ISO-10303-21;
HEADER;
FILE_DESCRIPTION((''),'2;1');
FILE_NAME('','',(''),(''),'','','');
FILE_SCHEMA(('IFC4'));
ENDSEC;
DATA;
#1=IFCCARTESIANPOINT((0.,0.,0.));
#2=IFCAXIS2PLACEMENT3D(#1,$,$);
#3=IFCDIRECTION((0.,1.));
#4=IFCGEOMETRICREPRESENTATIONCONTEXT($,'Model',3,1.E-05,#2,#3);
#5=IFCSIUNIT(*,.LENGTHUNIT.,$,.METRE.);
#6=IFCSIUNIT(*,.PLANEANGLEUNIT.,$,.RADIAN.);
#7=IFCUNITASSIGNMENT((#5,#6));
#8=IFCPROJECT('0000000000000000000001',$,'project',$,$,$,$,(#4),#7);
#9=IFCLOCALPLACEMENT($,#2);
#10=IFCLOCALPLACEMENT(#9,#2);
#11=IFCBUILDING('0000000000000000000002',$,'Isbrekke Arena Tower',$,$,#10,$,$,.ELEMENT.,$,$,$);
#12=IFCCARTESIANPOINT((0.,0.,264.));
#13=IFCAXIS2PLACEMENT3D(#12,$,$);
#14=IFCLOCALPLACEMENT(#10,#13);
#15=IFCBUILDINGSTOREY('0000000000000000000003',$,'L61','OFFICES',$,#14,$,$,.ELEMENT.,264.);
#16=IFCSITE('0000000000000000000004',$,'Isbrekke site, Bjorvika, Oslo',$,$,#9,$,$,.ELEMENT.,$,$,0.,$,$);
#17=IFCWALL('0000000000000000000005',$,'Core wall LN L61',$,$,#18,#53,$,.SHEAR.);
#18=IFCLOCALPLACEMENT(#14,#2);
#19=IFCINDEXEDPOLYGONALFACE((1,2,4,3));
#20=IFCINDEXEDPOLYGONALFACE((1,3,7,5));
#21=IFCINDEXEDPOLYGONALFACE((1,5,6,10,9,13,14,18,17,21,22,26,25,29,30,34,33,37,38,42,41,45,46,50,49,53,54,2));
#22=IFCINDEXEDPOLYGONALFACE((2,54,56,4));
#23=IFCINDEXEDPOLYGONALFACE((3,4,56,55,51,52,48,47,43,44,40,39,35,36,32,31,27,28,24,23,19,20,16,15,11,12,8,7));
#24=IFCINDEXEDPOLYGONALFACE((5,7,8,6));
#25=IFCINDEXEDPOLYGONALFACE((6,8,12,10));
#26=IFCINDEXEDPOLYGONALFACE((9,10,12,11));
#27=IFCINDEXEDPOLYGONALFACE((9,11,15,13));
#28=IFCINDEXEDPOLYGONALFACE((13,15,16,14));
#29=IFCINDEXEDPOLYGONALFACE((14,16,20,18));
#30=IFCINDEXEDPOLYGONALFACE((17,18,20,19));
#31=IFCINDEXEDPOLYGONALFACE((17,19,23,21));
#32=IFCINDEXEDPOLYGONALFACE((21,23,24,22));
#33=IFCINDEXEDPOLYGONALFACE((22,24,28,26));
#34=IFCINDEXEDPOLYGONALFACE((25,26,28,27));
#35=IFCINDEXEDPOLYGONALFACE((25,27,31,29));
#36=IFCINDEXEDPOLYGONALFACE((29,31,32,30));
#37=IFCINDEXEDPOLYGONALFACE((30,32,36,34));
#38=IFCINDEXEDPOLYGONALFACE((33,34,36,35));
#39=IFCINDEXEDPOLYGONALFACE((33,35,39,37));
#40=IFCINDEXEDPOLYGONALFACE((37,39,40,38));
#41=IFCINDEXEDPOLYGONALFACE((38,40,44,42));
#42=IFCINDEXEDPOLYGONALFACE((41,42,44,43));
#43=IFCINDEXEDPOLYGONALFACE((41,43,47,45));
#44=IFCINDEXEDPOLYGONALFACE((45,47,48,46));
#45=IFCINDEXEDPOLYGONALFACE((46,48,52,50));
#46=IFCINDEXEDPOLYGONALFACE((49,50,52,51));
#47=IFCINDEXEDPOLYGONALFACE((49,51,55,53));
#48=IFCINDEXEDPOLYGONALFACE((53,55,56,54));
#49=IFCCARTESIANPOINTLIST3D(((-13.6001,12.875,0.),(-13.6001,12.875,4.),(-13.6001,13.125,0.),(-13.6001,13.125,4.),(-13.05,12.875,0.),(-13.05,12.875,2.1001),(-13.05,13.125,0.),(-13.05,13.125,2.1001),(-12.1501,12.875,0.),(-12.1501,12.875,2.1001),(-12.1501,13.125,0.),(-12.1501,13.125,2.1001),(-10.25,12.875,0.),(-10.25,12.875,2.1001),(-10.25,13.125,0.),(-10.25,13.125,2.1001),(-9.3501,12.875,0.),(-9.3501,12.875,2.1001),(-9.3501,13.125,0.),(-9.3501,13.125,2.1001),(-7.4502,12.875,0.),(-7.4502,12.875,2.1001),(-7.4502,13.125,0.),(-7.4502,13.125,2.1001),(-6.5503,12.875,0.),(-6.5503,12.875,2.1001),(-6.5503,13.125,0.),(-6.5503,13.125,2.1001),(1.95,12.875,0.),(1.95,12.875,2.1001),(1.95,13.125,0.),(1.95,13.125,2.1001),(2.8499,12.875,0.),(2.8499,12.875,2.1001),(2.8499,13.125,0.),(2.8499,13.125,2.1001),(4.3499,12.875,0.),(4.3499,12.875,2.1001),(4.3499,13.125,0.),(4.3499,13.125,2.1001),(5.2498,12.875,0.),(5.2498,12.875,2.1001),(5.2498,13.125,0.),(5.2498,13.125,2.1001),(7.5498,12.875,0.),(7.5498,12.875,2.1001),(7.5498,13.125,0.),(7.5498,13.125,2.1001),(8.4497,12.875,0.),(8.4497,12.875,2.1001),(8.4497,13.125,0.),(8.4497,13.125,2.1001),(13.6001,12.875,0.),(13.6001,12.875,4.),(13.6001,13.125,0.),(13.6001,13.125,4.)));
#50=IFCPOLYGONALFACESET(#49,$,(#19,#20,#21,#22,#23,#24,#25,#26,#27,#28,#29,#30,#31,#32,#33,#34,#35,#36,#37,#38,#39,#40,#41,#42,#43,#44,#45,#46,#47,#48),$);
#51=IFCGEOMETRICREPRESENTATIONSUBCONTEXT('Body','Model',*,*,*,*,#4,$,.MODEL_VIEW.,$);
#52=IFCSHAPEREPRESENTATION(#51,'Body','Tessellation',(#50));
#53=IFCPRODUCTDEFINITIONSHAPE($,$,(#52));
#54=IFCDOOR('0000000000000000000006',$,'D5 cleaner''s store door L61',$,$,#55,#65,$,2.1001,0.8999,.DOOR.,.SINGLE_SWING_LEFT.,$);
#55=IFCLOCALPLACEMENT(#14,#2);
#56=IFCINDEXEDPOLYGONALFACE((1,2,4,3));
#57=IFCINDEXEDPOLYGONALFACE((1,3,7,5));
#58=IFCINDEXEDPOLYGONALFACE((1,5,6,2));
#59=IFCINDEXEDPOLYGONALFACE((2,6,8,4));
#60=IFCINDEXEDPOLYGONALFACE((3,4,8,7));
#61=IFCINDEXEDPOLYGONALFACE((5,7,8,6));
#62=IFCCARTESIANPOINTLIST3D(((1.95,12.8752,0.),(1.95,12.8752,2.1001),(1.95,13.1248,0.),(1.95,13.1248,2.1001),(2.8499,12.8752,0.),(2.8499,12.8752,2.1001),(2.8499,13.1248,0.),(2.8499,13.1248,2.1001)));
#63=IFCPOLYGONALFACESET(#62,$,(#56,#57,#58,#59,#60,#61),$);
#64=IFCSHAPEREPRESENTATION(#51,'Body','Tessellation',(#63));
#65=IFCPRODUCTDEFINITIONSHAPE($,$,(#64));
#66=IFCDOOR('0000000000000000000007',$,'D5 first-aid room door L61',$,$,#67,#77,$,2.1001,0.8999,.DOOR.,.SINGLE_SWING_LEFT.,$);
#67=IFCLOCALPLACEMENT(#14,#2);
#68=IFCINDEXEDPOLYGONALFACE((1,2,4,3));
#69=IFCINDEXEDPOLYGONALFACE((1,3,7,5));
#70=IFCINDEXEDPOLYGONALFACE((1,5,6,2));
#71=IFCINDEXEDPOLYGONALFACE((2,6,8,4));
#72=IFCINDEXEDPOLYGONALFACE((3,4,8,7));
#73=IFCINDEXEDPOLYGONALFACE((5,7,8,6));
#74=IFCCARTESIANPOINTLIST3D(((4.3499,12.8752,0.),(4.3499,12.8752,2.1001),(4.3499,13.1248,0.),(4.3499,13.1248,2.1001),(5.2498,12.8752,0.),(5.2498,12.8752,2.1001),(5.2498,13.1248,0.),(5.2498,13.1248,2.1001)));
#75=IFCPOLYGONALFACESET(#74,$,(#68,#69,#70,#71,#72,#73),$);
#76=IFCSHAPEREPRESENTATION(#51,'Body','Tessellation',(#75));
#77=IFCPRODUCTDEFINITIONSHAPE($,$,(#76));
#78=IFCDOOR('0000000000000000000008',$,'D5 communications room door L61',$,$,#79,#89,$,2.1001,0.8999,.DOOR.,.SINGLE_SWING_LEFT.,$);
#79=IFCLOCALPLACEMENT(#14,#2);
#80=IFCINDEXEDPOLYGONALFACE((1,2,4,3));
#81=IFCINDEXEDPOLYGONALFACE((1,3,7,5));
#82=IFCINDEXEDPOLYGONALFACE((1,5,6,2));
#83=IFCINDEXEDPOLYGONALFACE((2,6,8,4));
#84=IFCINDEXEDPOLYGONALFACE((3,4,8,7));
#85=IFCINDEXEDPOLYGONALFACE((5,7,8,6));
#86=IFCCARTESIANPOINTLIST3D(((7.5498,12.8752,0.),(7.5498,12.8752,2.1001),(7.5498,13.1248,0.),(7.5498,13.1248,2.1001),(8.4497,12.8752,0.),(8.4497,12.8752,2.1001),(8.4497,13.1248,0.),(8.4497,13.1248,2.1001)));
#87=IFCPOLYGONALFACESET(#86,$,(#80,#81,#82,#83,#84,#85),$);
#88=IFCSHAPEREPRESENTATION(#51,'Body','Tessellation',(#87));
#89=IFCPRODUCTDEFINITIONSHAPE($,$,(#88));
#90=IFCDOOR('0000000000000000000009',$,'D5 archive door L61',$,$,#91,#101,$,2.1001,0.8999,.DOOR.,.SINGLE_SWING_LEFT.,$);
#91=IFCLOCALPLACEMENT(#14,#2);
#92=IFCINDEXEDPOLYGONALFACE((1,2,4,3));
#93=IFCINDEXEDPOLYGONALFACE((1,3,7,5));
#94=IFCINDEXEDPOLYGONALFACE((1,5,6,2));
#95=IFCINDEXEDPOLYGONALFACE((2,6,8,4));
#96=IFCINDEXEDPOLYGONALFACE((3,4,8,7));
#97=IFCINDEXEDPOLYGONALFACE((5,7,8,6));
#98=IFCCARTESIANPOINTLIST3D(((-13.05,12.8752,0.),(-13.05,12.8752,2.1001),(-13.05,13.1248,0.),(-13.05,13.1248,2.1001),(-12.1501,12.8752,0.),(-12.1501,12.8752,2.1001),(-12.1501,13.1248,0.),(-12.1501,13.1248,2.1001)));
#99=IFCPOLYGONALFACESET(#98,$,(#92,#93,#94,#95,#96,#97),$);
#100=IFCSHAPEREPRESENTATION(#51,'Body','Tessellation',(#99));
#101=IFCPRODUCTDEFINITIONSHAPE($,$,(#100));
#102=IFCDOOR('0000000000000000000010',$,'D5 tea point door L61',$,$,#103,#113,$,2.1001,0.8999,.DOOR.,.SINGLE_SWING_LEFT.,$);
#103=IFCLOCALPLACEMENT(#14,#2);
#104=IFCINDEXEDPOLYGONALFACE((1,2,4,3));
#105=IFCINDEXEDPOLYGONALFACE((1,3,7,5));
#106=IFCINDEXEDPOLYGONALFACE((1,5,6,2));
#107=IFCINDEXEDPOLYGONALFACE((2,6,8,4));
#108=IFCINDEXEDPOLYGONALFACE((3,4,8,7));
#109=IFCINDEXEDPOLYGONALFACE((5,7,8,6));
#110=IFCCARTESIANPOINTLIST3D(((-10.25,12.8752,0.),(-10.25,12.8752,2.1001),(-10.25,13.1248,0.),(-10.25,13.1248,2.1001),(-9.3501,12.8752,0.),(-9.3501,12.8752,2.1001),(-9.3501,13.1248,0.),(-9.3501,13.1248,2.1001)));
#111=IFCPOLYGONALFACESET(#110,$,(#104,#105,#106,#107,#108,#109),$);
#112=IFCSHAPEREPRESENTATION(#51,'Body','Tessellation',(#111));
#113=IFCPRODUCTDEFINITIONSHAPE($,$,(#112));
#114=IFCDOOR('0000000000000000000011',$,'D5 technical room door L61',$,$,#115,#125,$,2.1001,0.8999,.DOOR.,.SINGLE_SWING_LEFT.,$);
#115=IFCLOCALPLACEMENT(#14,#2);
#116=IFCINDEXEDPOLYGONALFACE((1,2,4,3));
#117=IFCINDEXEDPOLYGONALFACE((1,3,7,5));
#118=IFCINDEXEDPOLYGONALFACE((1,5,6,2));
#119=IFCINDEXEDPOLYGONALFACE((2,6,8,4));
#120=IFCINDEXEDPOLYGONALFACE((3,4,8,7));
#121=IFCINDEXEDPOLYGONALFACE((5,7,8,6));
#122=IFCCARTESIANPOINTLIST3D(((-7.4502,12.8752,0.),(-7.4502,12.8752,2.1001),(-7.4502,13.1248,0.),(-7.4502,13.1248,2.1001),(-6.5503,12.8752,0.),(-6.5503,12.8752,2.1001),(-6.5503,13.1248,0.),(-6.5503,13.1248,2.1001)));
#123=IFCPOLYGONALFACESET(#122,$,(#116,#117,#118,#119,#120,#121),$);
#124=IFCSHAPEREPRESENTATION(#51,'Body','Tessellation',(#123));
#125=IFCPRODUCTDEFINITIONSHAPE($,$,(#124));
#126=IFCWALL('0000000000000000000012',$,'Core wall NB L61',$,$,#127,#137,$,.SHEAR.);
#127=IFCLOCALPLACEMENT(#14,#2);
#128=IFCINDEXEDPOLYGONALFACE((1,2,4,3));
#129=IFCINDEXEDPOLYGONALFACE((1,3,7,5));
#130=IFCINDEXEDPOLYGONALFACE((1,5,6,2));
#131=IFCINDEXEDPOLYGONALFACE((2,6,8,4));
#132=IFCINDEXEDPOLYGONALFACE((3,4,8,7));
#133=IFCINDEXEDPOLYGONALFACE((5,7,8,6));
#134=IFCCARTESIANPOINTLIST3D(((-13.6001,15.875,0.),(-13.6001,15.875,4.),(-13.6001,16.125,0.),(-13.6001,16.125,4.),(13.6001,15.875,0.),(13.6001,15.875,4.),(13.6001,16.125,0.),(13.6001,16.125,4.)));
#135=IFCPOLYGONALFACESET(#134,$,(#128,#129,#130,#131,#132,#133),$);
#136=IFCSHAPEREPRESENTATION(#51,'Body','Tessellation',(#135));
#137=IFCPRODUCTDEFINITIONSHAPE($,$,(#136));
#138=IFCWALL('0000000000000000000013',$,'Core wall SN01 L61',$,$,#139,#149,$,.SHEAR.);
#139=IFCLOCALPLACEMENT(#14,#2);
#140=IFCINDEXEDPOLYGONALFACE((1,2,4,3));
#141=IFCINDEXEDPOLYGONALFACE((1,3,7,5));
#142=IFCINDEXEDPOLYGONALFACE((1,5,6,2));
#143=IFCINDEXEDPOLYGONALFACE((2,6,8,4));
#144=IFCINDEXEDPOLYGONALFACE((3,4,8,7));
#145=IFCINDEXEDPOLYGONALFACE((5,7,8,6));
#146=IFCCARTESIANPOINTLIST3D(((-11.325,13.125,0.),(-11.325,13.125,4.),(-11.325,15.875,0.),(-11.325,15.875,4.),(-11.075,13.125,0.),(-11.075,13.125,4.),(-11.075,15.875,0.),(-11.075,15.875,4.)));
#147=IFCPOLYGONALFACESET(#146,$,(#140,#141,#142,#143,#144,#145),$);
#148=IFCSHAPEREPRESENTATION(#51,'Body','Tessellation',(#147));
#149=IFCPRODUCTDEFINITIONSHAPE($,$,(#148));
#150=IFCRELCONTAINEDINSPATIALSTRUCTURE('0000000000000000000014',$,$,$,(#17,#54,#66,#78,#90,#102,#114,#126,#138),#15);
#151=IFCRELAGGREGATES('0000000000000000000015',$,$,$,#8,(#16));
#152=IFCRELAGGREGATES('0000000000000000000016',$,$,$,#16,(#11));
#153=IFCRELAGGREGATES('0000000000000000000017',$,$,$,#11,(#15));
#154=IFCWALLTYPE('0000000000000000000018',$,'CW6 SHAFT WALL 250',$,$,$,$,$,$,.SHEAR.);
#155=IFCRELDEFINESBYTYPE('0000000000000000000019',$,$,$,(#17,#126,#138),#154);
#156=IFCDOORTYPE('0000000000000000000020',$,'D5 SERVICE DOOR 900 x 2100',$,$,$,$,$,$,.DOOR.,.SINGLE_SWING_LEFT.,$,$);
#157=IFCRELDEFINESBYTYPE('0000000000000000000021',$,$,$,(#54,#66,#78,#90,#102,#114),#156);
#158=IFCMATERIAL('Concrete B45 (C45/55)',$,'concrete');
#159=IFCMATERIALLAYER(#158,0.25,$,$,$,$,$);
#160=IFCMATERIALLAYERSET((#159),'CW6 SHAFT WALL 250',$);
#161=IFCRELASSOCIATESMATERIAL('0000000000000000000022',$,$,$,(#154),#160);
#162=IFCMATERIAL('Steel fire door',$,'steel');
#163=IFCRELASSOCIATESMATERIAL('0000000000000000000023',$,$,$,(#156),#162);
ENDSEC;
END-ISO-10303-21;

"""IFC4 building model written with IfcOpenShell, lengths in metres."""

from ifc_helpers import new_model, si_unit, direction, frame, frame_2d, origin, place, context, subcontext, project, spatial, rectangle, extrude, material, layer, layer_set, type_object, element, fill, save


model = new_model("IFC4")

# Units and contexts
model_context = context("Model", 3, precision=1e-05, world=origin(), true_north=direction((0.0, 1.0)))
body_context = subcontext(model_context, "Body", "Model", "MODEL_VIEW")
ifc_project = project(units=[si_unit("LENGTHUNIT", "METRE"), si_unit("PLANEANGLEUNIT", "RADIAN")], contexts=[model_context])

# Site, building, storey
site_placement = place(None, origin())
site = spatial("IfcSite", under=ifc_project, at=site_placement, Name="Isbrekke site, Bjorvika, Oslo", CompositionType="ELEMENT", RefElevation=0.0)
building_placement = place(site_placement, origin())
building = spatial("IfcBuilding", under=site, at=building_placement, Name="Isbrekke Arena Tower", CompositionType="ELEMENT")
storey_placement = place(building_placement, frame((0.0, 0.0, 264.0)))
storey = spatial("IfcBuildingStorey", under=building, at=storey_placement, Name="L61", Description="OFFICES", CompositionType="ELEMENT", Elevation=264.0)

# Wall, openings, doors
ifc_material_1 = material(Name="Concrete B45 (C45/55)", Category="concrete")
ifc_layer_1 = layer(ifc_material_1, 0.25)
ifc_layer_set_1 = layer_set([ifc_layer_1], Name="CW6 SHAFT WALL 250")
wall_type_1 = type_object("IfcWallType", Name="CW6 SHAFT WALL 250", PredefinedType="SHEAR", material=ifc_layer_set_1)
ifc_material_2 = material(Name="Steel fire door", Category="steel")
door_type_1 = type_object("IfcDoorType", Name="D5 SERVICE DOOR 900 x 2100", OperationType="SINGLE_SWING_LEFT", PredefinedType="DOOR", material=ifc_material_2)
wall_1_placement = place(storey_placement, frame((-13.6001, 13.0, 0.0), z_axis=(0.0, 0.0, 1.0), x_axis=(1.0, 0.0, 0.0)))
wall_1 = element("IfcWall", 1, at=wall_1_placement, inside=storey, type_object=wall_type_1, Name="Core wall LN L61", PredefinedType="SHEAR", context=body_context, shape_type="SweptSolid", body=[
    extrude(rectangle(XDim=27.2002, YDim=0.25, at=frame_2d((13.6001, 0.0))), origin(), (0.0, 0.0, 1.0), 4.0),
])
opening_1_placement = place(wall_1_placement, frame((15.55, 0.0, 0.0)))
opening_1 = element("IfcOpeningElement", 2, at=opening_1_placement, cuts=wall_1, PredefinedType="OPENING", context=body_context, shape_type="SweptSolid", body=[
    extrude(rectangle(XDim=0.8999, YDim=2.1001, at=frame_2d((0.45, 1.05))), frame((0.0, 0.1399, 0.0), z_axis=(0.0, -1.0, 0.0), x_axis=(1.0, 0.0, 0.0)), (0.0, 0.0, 1.0), 0.2798),
])
opening_2_placement = place(wall_1_placement, frame((17.95, 0.0, 0.0)))
opening_2 = element("IfcOpeningElement", 3, at=opening_2_placement, cuts=wall_1, PredefinedType="OPENING", context=body_context, shape_type="SweptSolid", body=[
    extrude(rectangle(XDim=0.8999, YDim=2.1001, at=frame_2d((0.45, 1.05))), frame((0.0, 0.1399, 0.0), z_axis=(0.0, -1.0, 0.0), x_axis=(1.0, 0.0, 0.0)), (0.0, 0.0, 1.0), 0.2798),
])
opening_3_placement = place(wall_1_placement, frame((21.1499, 0.0, 0.0)))
opening_3 = element("IfcOpeningElement", 4, at=opening_3_placement, cuts=wall_1, PredefinedType="OPENING", context=body_context, shape_type="SweptSolid", body=[
    extrude(rectangle(XDim=0.8999, YDim=2.1001, at=frame_2d((0.45, 1.05))), frame((0.0, 0.1399, 0.0), z_axis=(0.0, -1.0, 0.0), x_axis=(1.0, 0.0, 0.0)), (0.0, 0.0, 1.0), 0.2798),
])
opening_4_placement = place(wall_1_placement, frame((0.55, 0.0, 0.0)))
opening_4 = element("IfcOpeningElement", 5, at=opening_4_placement, cuts=wall_1, PredefinedType="OPENING", context=body_context, shape_type="SweptSolid", body=[
    extrude(rectangle(XDim=0.8999, YDim=2.1001, at=frame_2d((0.45, 1.05))), frame((0.0, 0.1399, 0.0), z_axis=(0.0, -1.0, 0.0), x_axis=(1.0, 0.0, 0.0)), (0.0, 0.0, 1.0), 0.2798),
])
opening_5_placement = place(wall_1_placement, frame((3.3501, 0.0, 0.0)))
opening_5 = element("IfcOpeningElement", 6, at=opening_5_placement, cuts=wall_1, PredefinedType="OPENING", context=body_context, shape_type="SweptSolid", body=[
    extrude(rectangle(XDim=0.8999, YDim=2.1001, at=frame_2d((0.45, 1.05))), frame((0.0, 0.1399, 0.0), z_axis=(0.0, -1.0, 0.0), x_axis=(1.0, 0.0, 0.0)), (0.0, 0.0, 1.0), 0.2798),
])
opening_6_placement = place(wall_1_placement, frame((6.1499, 0.0, 0.0)))
opening_6 = element("IfcOpeningElement", 7, at=opening_6_placement, cuts=wall_1, PredefinedType="OPENING", context=body_context, shape_type="SweptSolid", body=[
    extrude(rectangle(XDim=0.8999, YDim=2.1001, at=frame_2d((0.45, 1.05))), frame((0.0, 0.1399, 0.0), z_axis=(0.0, -1.0, 0.0), x_axis=(1.0, 0.0, 0.0)), (0.0, 0.0, 1.0), 0.2798),
])
door_1_placement = place(opening_1_placement, origin())
door_1 = element("IfcDoor", 8, at=door_1_placement, inside=storey, type_object=door_type_1, Name="D5 cleaner's store door L61", OperationType="SINGLE_SWING_LEFT", OverallHeight=2.1001, OverallWidth=0.8999, PredefinedType="DOOR", context=body_context, shape_type="SweptSolid", body=[
    extrude(rectangle(XDim=0.8999, YDim=2.1001, at=frame_2d((0.45, 1.05))), frame((0.0, 0.1248, 0.0), z_axis=(0.0, -1.0, 0.0), x_axis=(1.0, 0.0, 0.0)), (0.0, 0.0, 1.0), 0.2495),
])
fill(opening_1, door_1)
door_2_placement = place(opening_2_placement, origin())
door_2 = element("IfcDoor", 9, at=door_2_placement, inside=storey, type_object=door_type_1, Name="D5 first-aid room door L61", OperationType="SINGLE_SWING_LEFT", OverallHeight=2.1001, OverallWidth=0.8999, PredefinedType="DOOR", context=body_context, shape_type="SweptSolid", body=[
    extrude(rectangle(XDim=0.8999, YDim=2.1001, at=frame_2d((0.45, 1.05))), frame((0.0, 0.1248, 0.0), z_axis=(0.0, -1.0, 0.0), x_axis=(1.0, 0.0, 0.0)), (0.0, 0.0, 1.0), 0.2495),
])
fill(opening_2, door_2)
door_3_placement = place(opening_3_placement, origin())
door_3 = element("IfcDoor", 10, at=door_3_placement, inside=storey, type_object=door_type_1, Name="D5 communications room door L61", OperationType="SINGLE_SWING_LEFT", OverallHeight=2.1001, OverallWidth=0.8999, PredefinedType="DOOR", context=body_context, shape_type="SweptSolid", body=[
    extrude(rectangle(XDim=0.8999, YDim=2.1001, at=frame_2d((0.45, 1.05))), frame((0.0, 0.1248, 0.0), z_axis=(0.0, -1.0, 0.0), x_axis=(1.0, 0.0, 0.0)), (0.0, 0.0, 1.0), 0.2495),
])
fill(opening_3, door_3)
door_4_placement = place(opening_4_placement, origin())
door_4 = element("IfcDoor", 11, at=door_4_placement, inside=storey, type_object=door_type_1, Name="D5 archive door L61", OperationType="SINGLE_SWING_LEFT", OverallHeight=2.1001, OverallWidth=0.8999, PredefinedType="DOOR", context=body_context, shape_type="SweptSolid", body=[
    extrude(rectangle(XDim=0.8999, YDim=2.1001, at=frame_2d((0.45, 1.05))), frame((0.0, 0.1248, 0.0), z_axis=(0.0, -1.0, 0.0), x_axis=(1.0, 0.0, 0.0)), (0.0, 0.0, 1.0), 0.2495),
])
fill(opening_4, door_4)
door_5_placement = place(opening_5_placement, origin())
door_5 = element("IfcDoor", 12, at=door_5_placement, inside=storey, type_object=door_type_1, Name="D5 tea point door L61", OperationType="SINGLE_SWING_LEFT", OverallHeight=2.1001, OverallWidth=0.8999, PredefinedType="DOOR", context=body_context, shape_type="SweptSolid", body=[
    extrude(rectangle(XDim=0.8999, YDim=2.1001, at=frame_2d((0.45, 1.05))), frame((0.0, 0.1248, 0.0), z_axis=(0.0, -1.0, 0.0), x_axis=(1.0, 0.0, 0.0)), (0.0, 0.0, 1.0), 0.2495),
])
fill(opening_5, door_5)
door_6_placement = place(opening_6_placement, origin())
door_6 = element("IfcDoor", 13, at=door_6_placement, inside=storey, type_object=door_type_1, Name="D5 technical room door L61", OperationType="SINGLE_SWING_LEFT", OverallHeight=2.1001, OverallWidth=0.8999, PredefinedType="DOOR", context=body_context, shape_type="SweptSolid", body=[
    extrude(rectangle(XDim=0.8999, YDim=2.1001, at=frame_2d((0.45, 1.05))), frame((0.0, 0.1248, 0.0), z_axis=(0.0, -1.0, 0.0), x_axis=(1.0, 0.0, 0.0)), (0.0, 0.0, 1.0), 0.2495),
])
fill(opening_6, door_6)

# Walls
wall_2_placement = place(storey_placement, frame((-13.6001, 16.0, 0.0), z_axis=(0.0, 0.0, 1.0), x_axis=(1.0, 0.0, 0.0)))
element("IfcWall", 14, at=wall_2_placement, inside=storey, type_object=wall_type_1, Name="Core wall NB L61", PredefinedType="SHEAR", context=body_context, shape_type="SweptSolid", body=[
    extrude(rectangle(XDim=27.2002, YDim=0.25, at=frame_2d((13.6001, 0.0))), origin(), (0.0, 0.0, 1.0), 4.0),
])
wall_3_placement = place(storey_placement, frame((-11.2, 13.125, 0.0), z_axis=(0.0, 0.0, 1.0), x_axis=(0.0, 1.0, 0.0)))
element("IfcWall", 15, at=wall_3_placement, inside=storey, type_object=wall_type_1, Name="Core wall SN01 L61", PredefinedType="SHEAR", context=body_context, shape_type="SweptSolid", body=[
    extrude(rectangle(XDim=2.75, YDim=0.25, at=frame_2d((1.375, 0.0))), origin(), (0.0, 0.0, 1.0), 4.0),
])

save(model, "model.ifc")
